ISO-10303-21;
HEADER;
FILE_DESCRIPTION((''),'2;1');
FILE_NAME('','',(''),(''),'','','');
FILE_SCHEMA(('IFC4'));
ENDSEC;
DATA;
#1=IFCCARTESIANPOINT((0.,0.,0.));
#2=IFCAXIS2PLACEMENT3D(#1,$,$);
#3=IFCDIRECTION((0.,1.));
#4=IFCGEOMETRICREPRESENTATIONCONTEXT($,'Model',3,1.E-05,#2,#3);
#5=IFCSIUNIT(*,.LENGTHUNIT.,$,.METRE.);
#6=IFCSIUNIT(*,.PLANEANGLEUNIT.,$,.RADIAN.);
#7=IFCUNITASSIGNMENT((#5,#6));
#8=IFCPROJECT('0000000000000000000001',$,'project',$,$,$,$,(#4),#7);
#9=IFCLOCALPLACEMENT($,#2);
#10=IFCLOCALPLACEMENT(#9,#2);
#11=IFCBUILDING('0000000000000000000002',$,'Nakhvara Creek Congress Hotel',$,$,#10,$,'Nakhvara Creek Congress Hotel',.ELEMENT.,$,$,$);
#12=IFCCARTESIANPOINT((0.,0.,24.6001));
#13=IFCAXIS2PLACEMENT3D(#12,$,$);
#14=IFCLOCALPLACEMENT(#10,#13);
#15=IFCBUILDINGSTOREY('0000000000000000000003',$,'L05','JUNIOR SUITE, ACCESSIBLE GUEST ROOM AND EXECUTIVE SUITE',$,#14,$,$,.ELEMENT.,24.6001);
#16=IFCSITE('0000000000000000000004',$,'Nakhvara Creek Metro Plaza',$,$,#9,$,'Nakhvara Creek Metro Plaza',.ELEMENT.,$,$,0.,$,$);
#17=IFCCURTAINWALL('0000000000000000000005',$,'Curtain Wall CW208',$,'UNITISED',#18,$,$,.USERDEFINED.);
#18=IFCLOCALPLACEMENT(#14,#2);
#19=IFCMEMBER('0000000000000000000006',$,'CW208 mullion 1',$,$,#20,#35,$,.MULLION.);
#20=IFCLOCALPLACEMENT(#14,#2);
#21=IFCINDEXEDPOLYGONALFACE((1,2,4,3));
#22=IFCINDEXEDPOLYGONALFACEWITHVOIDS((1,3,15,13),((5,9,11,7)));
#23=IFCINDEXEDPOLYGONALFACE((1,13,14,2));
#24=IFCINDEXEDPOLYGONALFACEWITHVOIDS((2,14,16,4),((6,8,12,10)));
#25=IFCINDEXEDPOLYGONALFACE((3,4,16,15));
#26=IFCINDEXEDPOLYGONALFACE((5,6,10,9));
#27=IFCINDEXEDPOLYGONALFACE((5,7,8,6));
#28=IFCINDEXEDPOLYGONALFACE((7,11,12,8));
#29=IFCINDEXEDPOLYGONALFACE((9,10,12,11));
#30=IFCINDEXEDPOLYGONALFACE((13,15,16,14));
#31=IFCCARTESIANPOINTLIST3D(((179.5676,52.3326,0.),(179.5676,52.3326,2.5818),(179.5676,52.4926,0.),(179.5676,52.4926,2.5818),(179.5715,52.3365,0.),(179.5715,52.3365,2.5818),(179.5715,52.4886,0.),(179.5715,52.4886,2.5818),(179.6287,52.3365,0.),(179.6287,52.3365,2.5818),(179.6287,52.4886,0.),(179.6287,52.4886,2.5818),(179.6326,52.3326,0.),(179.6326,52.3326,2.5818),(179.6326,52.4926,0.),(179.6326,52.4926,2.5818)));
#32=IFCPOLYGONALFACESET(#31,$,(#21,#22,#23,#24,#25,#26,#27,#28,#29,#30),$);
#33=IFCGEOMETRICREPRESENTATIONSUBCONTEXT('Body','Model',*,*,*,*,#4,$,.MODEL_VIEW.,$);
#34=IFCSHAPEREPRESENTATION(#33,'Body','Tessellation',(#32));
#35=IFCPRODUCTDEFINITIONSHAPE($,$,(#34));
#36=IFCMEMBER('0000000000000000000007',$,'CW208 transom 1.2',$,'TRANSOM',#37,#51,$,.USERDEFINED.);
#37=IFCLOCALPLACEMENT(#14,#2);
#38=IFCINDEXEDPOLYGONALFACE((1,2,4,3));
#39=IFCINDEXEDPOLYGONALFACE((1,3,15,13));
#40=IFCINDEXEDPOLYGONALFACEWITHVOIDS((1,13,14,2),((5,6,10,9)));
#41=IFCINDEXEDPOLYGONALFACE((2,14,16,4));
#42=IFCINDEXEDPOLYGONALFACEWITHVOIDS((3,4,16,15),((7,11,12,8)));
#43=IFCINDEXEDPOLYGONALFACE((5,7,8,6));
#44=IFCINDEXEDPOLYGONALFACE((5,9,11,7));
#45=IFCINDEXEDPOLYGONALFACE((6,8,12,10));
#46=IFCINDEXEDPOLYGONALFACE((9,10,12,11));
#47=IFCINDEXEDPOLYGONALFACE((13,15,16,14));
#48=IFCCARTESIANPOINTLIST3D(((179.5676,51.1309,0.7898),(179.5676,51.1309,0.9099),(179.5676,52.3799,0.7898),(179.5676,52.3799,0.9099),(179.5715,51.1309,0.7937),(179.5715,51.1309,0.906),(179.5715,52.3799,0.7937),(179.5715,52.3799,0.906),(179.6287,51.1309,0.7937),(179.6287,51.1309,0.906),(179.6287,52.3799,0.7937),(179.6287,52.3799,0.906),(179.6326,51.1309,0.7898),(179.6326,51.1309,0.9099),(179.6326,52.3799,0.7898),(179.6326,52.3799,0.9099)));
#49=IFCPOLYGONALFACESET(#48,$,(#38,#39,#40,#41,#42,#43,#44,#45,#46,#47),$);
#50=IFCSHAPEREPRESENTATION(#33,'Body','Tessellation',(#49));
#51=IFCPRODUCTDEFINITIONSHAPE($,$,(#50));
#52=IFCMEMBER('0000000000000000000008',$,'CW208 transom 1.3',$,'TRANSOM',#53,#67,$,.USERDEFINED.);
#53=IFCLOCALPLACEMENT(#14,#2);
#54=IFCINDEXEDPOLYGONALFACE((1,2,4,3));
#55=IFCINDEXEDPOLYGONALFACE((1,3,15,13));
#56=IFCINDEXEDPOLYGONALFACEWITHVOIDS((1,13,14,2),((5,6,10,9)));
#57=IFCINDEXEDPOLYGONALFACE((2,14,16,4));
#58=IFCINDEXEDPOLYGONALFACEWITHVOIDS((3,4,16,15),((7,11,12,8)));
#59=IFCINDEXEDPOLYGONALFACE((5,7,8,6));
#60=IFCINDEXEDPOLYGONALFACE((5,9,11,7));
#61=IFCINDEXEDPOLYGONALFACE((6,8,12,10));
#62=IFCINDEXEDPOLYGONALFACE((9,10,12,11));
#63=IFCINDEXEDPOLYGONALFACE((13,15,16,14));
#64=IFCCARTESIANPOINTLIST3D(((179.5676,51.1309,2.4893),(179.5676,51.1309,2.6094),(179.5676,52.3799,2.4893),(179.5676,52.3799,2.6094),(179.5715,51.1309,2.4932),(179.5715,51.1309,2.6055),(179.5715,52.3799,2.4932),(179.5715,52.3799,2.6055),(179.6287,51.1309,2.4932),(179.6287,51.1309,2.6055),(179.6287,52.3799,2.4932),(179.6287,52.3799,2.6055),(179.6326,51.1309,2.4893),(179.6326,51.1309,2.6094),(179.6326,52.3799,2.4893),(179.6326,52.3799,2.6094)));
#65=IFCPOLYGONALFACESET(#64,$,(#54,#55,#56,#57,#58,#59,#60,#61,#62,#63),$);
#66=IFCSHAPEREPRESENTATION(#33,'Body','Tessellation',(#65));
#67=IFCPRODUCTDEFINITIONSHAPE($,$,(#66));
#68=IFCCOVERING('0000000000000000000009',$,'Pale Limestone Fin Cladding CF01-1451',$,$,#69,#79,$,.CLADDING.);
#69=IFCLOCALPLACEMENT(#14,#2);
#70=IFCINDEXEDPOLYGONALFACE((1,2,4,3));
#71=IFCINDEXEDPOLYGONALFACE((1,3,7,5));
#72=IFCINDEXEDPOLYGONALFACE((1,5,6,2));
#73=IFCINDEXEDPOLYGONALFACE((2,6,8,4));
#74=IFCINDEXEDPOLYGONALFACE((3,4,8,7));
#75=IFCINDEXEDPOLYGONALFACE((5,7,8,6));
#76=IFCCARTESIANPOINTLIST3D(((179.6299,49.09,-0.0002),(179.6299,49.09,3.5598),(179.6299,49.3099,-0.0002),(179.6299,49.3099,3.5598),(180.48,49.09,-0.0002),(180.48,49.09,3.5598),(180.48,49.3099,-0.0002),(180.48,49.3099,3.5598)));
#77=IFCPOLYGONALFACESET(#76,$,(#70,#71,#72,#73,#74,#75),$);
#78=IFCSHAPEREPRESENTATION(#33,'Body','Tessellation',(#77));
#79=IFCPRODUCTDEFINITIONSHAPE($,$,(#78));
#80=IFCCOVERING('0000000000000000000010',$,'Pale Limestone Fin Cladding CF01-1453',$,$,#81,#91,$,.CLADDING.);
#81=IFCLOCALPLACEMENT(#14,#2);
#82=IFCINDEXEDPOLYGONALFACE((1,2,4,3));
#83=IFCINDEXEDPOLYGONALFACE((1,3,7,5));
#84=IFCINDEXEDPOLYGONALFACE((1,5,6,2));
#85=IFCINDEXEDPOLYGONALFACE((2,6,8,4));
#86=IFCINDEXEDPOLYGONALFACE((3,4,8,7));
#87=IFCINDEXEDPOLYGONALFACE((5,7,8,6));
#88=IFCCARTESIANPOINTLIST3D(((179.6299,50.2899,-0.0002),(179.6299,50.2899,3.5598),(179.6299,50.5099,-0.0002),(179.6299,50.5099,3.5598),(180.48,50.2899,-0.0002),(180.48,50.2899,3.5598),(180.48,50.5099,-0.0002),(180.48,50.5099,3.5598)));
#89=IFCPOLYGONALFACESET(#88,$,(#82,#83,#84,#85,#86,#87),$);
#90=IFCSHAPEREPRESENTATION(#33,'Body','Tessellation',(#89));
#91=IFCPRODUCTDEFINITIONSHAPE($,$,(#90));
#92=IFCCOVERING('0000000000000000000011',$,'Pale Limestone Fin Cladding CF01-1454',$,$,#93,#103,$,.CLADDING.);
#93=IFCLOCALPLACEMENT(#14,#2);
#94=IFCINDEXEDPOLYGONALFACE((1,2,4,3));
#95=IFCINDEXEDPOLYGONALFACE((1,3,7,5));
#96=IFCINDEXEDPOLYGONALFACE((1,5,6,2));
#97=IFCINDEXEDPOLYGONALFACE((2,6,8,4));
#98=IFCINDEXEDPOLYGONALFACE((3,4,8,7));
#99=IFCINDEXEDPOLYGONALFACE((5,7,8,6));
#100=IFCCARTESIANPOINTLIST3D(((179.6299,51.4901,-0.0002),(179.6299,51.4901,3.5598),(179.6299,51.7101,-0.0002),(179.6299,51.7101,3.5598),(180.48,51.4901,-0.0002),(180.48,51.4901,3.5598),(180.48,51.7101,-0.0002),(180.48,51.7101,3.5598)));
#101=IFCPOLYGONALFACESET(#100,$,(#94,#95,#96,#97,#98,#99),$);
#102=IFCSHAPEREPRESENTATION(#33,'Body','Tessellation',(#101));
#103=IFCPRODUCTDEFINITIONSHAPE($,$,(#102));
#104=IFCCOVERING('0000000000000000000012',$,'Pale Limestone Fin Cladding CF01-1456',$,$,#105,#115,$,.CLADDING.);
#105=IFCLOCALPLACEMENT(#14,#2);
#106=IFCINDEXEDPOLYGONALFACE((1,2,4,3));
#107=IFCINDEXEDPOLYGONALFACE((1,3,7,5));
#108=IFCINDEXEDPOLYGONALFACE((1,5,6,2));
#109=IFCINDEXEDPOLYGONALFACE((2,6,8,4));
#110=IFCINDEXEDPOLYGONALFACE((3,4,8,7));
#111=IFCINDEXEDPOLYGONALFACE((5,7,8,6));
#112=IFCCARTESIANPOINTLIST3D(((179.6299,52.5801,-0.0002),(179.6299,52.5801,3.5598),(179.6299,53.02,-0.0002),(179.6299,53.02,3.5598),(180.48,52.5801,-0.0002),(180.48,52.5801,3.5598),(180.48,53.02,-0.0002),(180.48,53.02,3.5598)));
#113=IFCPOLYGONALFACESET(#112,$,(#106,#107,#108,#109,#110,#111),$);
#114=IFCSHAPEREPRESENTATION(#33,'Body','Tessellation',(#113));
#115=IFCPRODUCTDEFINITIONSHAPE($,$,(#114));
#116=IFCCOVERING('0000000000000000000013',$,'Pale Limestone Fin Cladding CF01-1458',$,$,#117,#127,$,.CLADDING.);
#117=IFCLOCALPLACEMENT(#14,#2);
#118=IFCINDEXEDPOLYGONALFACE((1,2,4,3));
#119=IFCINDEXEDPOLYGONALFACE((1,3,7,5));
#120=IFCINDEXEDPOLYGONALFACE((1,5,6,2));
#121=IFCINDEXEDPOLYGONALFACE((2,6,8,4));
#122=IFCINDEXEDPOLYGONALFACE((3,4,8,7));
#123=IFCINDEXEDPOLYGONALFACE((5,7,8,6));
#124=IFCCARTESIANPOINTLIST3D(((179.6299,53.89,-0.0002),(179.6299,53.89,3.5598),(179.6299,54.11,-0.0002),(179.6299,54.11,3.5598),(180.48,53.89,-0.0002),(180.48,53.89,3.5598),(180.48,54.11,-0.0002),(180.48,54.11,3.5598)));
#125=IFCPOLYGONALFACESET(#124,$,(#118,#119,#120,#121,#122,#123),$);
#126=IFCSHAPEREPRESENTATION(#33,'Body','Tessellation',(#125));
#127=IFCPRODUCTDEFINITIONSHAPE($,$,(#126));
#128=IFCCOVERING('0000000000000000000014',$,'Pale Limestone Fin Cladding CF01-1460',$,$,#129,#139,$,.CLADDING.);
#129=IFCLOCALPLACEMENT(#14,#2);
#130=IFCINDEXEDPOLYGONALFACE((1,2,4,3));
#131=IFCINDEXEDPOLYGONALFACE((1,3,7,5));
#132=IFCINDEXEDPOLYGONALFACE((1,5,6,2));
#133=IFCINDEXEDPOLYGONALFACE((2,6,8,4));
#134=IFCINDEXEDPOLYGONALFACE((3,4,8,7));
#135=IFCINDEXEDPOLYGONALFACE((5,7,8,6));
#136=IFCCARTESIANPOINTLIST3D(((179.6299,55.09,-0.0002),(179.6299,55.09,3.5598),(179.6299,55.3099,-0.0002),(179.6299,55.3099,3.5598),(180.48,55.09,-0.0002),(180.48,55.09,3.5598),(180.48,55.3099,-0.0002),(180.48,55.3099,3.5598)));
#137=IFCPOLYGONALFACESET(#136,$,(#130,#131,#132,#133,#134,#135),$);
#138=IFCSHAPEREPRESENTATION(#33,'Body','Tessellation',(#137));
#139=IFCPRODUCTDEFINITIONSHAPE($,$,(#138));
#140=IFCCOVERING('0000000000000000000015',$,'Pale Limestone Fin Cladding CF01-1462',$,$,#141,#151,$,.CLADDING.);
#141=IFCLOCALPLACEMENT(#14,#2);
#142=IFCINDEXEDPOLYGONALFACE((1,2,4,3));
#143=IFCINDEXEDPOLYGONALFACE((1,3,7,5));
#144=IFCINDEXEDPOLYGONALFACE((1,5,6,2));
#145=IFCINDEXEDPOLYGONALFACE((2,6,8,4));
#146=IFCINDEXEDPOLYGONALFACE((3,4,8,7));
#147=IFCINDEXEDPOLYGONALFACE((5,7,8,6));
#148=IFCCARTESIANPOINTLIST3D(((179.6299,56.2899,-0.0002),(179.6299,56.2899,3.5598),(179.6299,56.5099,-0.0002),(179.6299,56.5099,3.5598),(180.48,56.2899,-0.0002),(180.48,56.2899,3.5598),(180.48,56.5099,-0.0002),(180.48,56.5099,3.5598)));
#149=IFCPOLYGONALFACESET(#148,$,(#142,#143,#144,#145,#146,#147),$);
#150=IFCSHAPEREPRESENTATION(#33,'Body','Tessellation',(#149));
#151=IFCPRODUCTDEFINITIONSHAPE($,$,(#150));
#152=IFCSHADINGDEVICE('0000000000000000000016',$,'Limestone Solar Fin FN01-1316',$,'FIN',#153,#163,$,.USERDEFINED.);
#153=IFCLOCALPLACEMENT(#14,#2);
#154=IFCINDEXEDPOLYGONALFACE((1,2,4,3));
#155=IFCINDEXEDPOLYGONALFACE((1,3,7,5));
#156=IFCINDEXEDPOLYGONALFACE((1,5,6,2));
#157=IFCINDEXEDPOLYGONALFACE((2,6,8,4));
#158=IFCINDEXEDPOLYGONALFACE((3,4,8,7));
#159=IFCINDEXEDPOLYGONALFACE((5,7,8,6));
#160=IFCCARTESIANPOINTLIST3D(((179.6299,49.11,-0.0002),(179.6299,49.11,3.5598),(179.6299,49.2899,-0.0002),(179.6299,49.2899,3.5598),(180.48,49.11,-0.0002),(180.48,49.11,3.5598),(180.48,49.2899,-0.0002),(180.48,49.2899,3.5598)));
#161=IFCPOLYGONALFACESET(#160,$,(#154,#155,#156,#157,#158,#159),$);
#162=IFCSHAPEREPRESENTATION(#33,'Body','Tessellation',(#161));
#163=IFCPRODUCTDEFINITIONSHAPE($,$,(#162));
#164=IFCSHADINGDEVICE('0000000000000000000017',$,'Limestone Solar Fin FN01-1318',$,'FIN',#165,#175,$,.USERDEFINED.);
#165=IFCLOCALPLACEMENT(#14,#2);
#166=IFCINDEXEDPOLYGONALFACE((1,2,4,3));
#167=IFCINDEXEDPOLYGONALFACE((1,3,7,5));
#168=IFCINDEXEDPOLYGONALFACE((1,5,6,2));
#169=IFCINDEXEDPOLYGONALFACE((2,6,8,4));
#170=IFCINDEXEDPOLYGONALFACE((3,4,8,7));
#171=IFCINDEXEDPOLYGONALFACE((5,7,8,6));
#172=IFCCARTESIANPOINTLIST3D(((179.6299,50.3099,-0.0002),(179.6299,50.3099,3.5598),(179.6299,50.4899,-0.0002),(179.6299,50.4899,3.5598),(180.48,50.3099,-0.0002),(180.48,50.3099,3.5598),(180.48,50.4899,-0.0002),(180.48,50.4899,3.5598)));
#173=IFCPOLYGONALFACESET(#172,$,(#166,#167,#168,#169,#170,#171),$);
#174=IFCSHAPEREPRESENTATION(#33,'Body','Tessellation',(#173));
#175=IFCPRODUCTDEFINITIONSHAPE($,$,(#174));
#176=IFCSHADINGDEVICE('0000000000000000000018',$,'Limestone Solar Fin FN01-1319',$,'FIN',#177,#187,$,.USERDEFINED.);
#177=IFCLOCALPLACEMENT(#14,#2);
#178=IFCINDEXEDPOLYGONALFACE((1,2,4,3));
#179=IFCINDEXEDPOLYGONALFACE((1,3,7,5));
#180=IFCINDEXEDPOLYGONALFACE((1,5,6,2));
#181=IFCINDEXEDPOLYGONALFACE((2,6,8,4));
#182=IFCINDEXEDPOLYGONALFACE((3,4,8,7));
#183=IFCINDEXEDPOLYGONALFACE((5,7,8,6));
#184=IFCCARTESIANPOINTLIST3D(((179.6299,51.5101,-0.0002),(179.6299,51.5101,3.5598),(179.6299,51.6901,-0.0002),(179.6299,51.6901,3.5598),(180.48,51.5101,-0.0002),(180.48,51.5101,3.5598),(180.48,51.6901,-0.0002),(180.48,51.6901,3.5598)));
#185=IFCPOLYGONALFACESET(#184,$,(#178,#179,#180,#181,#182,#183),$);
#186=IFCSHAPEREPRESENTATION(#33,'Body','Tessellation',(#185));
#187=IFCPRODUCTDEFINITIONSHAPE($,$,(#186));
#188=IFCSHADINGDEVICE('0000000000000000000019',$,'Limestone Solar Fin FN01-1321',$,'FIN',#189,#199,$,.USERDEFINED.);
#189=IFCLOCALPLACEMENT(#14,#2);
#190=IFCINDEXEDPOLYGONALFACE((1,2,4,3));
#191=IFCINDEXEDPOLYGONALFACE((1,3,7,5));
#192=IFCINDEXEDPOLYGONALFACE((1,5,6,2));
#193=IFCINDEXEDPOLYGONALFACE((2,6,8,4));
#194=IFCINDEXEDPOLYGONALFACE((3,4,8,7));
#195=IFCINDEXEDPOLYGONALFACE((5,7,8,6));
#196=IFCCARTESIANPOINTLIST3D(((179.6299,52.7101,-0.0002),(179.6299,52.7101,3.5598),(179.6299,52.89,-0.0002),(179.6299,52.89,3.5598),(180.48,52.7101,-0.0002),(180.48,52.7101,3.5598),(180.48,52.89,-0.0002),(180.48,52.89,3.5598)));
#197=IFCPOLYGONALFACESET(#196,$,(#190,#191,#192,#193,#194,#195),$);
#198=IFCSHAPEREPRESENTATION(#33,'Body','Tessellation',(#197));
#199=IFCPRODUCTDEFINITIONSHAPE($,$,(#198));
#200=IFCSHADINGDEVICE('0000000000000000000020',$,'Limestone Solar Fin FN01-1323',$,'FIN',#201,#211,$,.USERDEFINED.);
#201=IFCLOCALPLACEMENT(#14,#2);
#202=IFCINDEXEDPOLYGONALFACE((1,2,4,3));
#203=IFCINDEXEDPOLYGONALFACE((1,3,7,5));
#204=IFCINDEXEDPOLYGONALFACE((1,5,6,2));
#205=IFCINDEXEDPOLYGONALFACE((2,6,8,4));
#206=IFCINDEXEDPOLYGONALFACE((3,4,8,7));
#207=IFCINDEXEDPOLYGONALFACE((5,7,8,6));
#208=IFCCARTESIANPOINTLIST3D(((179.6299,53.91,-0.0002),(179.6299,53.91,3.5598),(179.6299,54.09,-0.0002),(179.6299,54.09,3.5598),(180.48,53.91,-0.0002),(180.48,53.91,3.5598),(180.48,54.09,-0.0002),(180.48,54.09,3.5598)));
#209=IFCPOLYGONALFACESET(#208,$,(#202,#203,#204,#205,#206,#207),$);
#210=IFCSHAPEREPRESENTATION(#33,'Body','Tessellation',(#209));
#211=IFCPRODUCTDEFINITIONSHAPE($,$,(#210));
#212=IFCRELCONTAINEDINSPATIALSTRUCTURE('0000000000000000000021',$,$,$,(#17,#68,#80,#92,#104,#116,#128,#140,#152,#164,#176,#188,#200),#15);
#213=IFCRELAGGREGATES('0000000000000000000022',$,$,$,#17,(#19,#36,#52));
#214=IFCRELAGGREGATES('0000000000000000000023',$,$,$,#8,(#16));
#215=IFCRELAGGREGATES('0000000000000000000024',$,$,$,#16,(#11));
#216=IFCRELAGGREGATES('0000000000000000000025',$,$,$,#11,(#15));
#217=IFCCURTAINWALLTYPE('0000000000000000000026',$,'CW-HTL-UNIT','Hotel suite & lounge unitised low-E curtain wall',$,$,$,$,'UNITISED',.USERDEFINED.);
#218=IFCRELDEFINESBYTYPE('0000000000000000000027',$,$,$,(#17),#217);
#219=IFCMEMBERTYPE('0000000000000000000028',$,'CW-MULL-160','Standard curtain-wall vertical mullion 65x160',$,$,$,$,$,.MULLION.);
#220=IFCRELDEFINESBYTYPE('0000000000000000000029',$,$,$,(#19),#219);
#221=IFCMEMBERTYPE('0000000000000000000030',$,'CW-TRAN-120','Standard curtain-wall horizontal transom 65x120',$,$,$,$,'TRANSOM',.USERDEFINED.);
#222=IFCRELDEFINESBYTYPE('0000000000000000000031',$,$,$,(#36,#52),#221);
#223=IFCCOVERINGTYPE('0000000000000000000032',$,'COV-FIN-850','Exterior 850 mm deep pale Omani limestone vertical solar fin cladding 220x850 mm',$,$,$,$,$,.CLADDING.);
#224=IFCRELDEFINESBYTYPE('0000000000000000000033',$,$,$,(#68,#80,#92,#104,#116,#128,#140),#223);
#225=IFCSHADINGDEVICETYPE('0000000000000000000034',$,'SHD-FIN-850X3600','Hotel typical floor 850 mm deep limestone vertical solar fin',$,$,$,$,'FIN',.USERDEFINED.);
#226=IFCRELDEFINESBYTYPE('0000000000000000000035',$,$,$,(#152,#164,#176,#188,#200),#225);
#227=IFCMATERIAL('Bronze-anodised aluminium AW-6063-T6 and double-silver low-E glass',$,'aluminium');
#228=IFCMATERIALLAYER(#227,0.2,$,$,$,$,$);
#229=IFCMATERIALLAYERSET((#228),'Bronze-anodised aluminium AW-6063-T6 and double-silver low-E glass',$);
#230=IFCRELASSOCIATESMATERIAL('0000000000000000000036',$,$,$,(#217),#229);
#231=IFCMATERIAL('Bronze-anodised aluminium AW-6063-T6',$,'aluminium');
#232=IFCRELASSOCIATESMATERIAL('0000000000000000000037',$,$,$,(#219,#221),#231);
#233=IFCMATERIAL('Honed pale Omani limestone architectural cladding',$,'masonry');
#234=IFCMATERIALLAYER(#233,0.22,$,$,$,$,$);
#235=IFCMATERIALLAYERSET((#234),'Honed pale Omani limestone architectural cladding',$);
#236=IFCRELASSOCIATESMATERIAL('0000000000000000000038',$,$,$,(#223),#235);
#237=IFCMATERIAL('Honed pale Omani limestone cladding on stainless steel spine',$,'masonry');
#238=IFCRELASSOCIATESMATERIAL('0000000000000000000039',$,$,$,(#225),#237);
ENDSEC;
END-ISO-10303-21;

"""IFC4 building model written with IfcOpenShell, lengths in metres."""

from ifc_helpers import new_model, si_unit, direction, frame, origin, origin_2d, place, context, subcontext, project, spatial, rectangle, hollow_rectangle, extrude, material, layer, layer_set, material_profile, profile_set, type_object, element, aggregate, save


model = new_model("IFC4")

# Units and contexts
model_context = context("Model", 3, precision=1e-05, world=origin(), true_north=direction((0.0, 1.0)))
body_context = subcontext(model_context, "Body", "Model", "MODEL_VIEW")
ifc_project = project(units=[si_unit("LENGTHUNIT", "METRE"), si_unit("PLANEANGLEUNIT", "RADIAN")], contexts=[model_context])

# Site, building, storey
site_placement = place(None, origin())
site = spatial("IfcSite", under=ifc_project, at=site_placement, Name="Nakhvara Creek Metro Plaza", LongName="Nakhvara Creek Metro Plaza", CompositionType="ELEMENT", RefElevation=0.0)
building_placement = place(site_placement, origin())
building = spatial("IfcBuilding", under=site, at=building_placement, Name="Nakhvara Creek Congress Hotel", LongName="Nakhvara Creek Congress Hotel", CompositionType="ELEMENT")
storey_placement = place(building_placement, frame((0.0, 0.0, 24.6001)))
storey = spatial("IfcBuildingStorey", under=building, at=storey_placement, Name="L05", Description="JUNIOR SUITE, ACCESSIBLE GUEST ROOM AND EXECUTIVE SUITE", CompositionType="ELEMENT", Elevation=24.6001)

# Curtain wall, members
ifc_material_1 = material(Name="Bronze-anodised aluminium AW-6063-T6 and double-silver low-E glass", Category="aluminium")
ifc_layer_1 = layer(ifc_material_1, 0.2)
ifc_layer_set_1 = layer_set([ifc_layer_1], Name="Bronze-anodised aluminium AW-6063-T6 and double-silver low-E glass")
curtain_wall_type = type_object("IfcCurtainWallType", Name="CW-HTL-UNIT", Description="Hotel suite & lounge unitised low-E curtain wall", ElementType="UNITISED", PredefinedType="USERDEFINED", material=ifc_layer_set_1)
curtain_wall_placement = place(storey_placement, origin())
curtain_wall = element("IfcCurtainWall", 1, at=curtain_wall_placement, inside=storey, type_object=curtain_wall_type, Name="Curtain Wall CW208", ObjectType="UNITISED", PredefinedType="USERDEFINED")
ifc_material_2 = material(Name="Bronze-anodised aluminium AW-6063-T6", Category="aluminium")
ifc_material_profile_1 = material_profile(ifc_material_2, hollow_rectangle(XDim=0.0649, YDim=0.1599, WallThickness=0.0039, at=origin_2d()), Name="ALU-MULL 65x160x4", Category="LoadBearing")
ifc_profile_set_1 = profile_set([ifc_material_profile_1], Name="Bronze-anodised aluminium AW-6063-T6")
member_type_1 = type_object("IfcMemberType", Name="CW-MULL-160", Description="Standard curtain-wall vertical mullion 65x160", PredefinedType="MULLION", material=ifc_profile_set_1)
member_1_placement = place(storey_placement, frame((179.6001, 52.4126, 0.0), z_axis=(0.0, 0.0, 1.0), x_axis=(1.0, 0.0, 0.0)))
member_1 = element("IfcMember", 2, at=member_1_placement, type_object=member_type_1, Name="CW208 mullion 1", PredefinedType="MULLION", context=body_context, shape_type="SweptSolid", body=[
    extrude(hollow_rectangle(XDim=0.0649, YDim=0.1599, WallThickness=0.0039, at=origin_2d()), origin(), (0.0, 0.0, 1.0), 2.5818),
])
ifc_material_profile_2 = material_profile(ifc_material_2, hollow_rectangle(XDim=0.0649, YDim=0.1201, WallThickness=0.0039, at=origin_2d()), Name="ALU-TRAN 65x120x4", Category="LoadBearing")
ifc_profile_set_2 = profile_set([ifc_material_profile_2], Name="Bronze-anodised aluminium AW-6063-T6")
member_type_2 = type_object("IfcMemberType", Name="CW-TRAN-120", Description="Standard curtain-wall horizontal transom 65x120", ElementType="TRANSOM", PredefinedType="USERDEFINED", material=ifc_profile_set_2)
member_2_placement = place(storey_placement, frame((179.6001, 52.3799, 0.8499), z_axis=(0.0, -1.0, 0.0), x_axis=(1.0, 0.0, 0.0)))
member_2 = element("IfcMember", 3, at=member_2_placement, type_object=member_type_2, Name="CW208 transom 1.2", ObjectType="TRANSOM", PredefinedType="USERDEFINED", context=body_context, shape_type="SweptSolid", body=[
    extrude(hollow_rectangle(XDim=0.0649, YDim=0.1201, WallThickness=0.0039, at=origin_2d()), origin(), (0.0, 0.0, 1.0), 1.249),
])
member_3_placement = place(storey_placement, frame((179.6001, 52.3799, 2.5493), z_axis=(0.0, -1.0, 0.0), x_axis=(1.0, 0.0, 0.0)))
member_3 = element("IfcMember", 4, at=member_3_placement, type_object=member_type_2, Name="CW208 transom 1.3", ObjectType="TRANSOM", PredefinedType="USERDEFINED", context=body_context, shape_type="SweptSolid", body=[
    extrude(hollow_rectangle(XDim=0.0649, YDim=0.1201, WallThickness=0.0039, at=origin_2d()), origin(), (0.0, 0.0, 1.0), 1.249),
])
aggregate(curtain_wall, [member_1, member_2, member_3])

# Coverings
ifc_material_3 = material(Name="Honed pale Omani limestone architectural cladding", Category="masonry")
ifc_layer_2 = layer(ifc_material_3, 0.22)
ifc_layer_set_2 = layer_set([ifc_layer_2], Name="Honed pale Omani limestone architectural cladding")
covering_type = type_object("IfcCoveringType", Name="COV-FIN-850", Description="Exterior 850 mm deep pale Omani limestone vertical solar fin cladding 220x850 mm", PredefinedType="CLADDING", material=ifc_layer_set_2)
for number, where, z_axis, x_axis, name in (
    (5, (180.0549, 49.2, -0.0002), (0.0, 0.0, 1.0), (0.0, 1.0, 0.0), "Pale Limestone Fin Cladding CF01-1451"),
    (6, (180.0549, 50.3999, -0.0002), (0.0, 0.0, 1.0), (0.0, 1.0, 0.0), "Pale Limestone Fin Cladding CF01-1453"),
    (7, (180.0549, 51.6001, -0.0002), (0.0, 0.0, 1.0), (0.0, 1.0, 0.0), "Pale Limestone Fin Cladding CF01-1454"),
):
    element("IfcCovering", number, at=place(storey_placement, frame(where, z_axis=z_axis, x_axis=x_axis)), inside=storey, type_object=covering_type, Name=name, PredefinedType="CLADDING", context=body_context, shape_type="SweptSolid", body=[
        extrude(rectangle(XDim=0.22, YDim=0.8501, at=origin_2d()), origin(), (0.0, 0.0, 1.0), 3.5601),
    ])
covering_placement = place(storey_placement, frame((180.0549, 52.8, -0.0002), z_axis=(0.0, 0.0, 1.0), x_axis=(0.0, 1.0, 0.0)))
element("IfcCovering", 8, at=covering_placement, inside=storey, type_object=covering_type, Name="Pale Limestone Fin Cladding CF01-1456", PredefinedType="CLADDING", context=body_context, shape_type="SweptSolid", body=[
    extrude(rectangle(XDim=0.4399, YDim=0.8501, at=origin_2d()), origin(), (0.0, 0.0, 1.0), 3.5601),
])
for number, where, z_axis, x_axis, name in (
    (9, (180.0549, 54.0, -0.0002), (0.0, 0.0, 1.0), (0.0, 1.0, 0.0), "Pale Limestone Fin Cladding CF01-1458"),
    (10, (180.0549, 55.2, -0.0002), (0.0, 0.0, 1.0), (0.0, 1.0, 0.0), "Pale Limestone Fin Cladding CF01-1460"),
    (11, (180.0549, 56.3999, -0.0002), (0.0, 0.0, 1.0), (0.0, 1.0, 0.0), "Pale Limestone Fin Cladding CF01-1462"),
):
    element("IfcCovering", number, at=place(storey_placement, frame(where, z_axis=z_axis, x_axis=x_axis)), inside=storey, type_object=covering_type, Name=name, PredefinedType="CLADDING", context=body_context, shape_type="SweptSolid", body=[
        extrude(rectangle(XDim=0.22, YDim=0.8501, at=origin_2d()), origin(), (0.0, 0.0, 1.0), 3.5601),
    ])

# Shading devices
ifc_material_4 = material(Name="Honed pale Omani limestone cladding on stainless steel spine", Category="masonry")
shading_device_type = type_object("IfcShadingDeviceType", Name="SHD-FIN-850X3600", Description="Hotel typical floor 850 mm deep limestone vertical solar fin", ElementType="FIN", PredefinedType="USERDEFINED", material=ifc_material_4)
for number, where, z_axis, x_axis, name in (
    (12, (180.0549, 49.2, -0.0002), (0.0, 0.0, 1.0), (0.0, 1.0, 0.0), "Limestone Solar Fin FN01-1316"),
    (13, (180.0549, 50.3999, -0.0002), (0.0, 0.0, 1.0), (0.0, 1.0, 0.0), "Limestone Solar Fin FN01-1318"),
    (14, (180.0549, 51.6001, -0.0002), (0.0, 0.0, 1.0), (0.0, 1.0, 0.0), "Limestone Solar Fin FN01-1319"),
    (15, (180.0549, 52.8, -0.0002), (0.0, 0.0, 1.0), (0.0, 1.0, 0.0), "Limestone Solar Fin FN01-1321"),
    (16, (180.0549, 54.0, -0.0002), (0.0, 0.0, 1.0), (0.0, 1.0, 0.0), "Limestone Solar Fin FN01-1323"),
):
    element("IfcShadingDevice", number, at=place(storey_placement, frame(where, z_axis=z_axis, x_axis=x_axis)), inside=storey, type_object=shading_device_type, Name=name, ObjectType="FIN", PredefinedType="USERDEFINED", context=body_context, shape_type="SweptSolid", body=[
        extrude(rectangle(XDim=0.1799, YDim=0.8501, at=origin_2d()), origin(), (0.0, 0.0, 1.0), 3.5601),
    ])

save(model, "model.ifc")
